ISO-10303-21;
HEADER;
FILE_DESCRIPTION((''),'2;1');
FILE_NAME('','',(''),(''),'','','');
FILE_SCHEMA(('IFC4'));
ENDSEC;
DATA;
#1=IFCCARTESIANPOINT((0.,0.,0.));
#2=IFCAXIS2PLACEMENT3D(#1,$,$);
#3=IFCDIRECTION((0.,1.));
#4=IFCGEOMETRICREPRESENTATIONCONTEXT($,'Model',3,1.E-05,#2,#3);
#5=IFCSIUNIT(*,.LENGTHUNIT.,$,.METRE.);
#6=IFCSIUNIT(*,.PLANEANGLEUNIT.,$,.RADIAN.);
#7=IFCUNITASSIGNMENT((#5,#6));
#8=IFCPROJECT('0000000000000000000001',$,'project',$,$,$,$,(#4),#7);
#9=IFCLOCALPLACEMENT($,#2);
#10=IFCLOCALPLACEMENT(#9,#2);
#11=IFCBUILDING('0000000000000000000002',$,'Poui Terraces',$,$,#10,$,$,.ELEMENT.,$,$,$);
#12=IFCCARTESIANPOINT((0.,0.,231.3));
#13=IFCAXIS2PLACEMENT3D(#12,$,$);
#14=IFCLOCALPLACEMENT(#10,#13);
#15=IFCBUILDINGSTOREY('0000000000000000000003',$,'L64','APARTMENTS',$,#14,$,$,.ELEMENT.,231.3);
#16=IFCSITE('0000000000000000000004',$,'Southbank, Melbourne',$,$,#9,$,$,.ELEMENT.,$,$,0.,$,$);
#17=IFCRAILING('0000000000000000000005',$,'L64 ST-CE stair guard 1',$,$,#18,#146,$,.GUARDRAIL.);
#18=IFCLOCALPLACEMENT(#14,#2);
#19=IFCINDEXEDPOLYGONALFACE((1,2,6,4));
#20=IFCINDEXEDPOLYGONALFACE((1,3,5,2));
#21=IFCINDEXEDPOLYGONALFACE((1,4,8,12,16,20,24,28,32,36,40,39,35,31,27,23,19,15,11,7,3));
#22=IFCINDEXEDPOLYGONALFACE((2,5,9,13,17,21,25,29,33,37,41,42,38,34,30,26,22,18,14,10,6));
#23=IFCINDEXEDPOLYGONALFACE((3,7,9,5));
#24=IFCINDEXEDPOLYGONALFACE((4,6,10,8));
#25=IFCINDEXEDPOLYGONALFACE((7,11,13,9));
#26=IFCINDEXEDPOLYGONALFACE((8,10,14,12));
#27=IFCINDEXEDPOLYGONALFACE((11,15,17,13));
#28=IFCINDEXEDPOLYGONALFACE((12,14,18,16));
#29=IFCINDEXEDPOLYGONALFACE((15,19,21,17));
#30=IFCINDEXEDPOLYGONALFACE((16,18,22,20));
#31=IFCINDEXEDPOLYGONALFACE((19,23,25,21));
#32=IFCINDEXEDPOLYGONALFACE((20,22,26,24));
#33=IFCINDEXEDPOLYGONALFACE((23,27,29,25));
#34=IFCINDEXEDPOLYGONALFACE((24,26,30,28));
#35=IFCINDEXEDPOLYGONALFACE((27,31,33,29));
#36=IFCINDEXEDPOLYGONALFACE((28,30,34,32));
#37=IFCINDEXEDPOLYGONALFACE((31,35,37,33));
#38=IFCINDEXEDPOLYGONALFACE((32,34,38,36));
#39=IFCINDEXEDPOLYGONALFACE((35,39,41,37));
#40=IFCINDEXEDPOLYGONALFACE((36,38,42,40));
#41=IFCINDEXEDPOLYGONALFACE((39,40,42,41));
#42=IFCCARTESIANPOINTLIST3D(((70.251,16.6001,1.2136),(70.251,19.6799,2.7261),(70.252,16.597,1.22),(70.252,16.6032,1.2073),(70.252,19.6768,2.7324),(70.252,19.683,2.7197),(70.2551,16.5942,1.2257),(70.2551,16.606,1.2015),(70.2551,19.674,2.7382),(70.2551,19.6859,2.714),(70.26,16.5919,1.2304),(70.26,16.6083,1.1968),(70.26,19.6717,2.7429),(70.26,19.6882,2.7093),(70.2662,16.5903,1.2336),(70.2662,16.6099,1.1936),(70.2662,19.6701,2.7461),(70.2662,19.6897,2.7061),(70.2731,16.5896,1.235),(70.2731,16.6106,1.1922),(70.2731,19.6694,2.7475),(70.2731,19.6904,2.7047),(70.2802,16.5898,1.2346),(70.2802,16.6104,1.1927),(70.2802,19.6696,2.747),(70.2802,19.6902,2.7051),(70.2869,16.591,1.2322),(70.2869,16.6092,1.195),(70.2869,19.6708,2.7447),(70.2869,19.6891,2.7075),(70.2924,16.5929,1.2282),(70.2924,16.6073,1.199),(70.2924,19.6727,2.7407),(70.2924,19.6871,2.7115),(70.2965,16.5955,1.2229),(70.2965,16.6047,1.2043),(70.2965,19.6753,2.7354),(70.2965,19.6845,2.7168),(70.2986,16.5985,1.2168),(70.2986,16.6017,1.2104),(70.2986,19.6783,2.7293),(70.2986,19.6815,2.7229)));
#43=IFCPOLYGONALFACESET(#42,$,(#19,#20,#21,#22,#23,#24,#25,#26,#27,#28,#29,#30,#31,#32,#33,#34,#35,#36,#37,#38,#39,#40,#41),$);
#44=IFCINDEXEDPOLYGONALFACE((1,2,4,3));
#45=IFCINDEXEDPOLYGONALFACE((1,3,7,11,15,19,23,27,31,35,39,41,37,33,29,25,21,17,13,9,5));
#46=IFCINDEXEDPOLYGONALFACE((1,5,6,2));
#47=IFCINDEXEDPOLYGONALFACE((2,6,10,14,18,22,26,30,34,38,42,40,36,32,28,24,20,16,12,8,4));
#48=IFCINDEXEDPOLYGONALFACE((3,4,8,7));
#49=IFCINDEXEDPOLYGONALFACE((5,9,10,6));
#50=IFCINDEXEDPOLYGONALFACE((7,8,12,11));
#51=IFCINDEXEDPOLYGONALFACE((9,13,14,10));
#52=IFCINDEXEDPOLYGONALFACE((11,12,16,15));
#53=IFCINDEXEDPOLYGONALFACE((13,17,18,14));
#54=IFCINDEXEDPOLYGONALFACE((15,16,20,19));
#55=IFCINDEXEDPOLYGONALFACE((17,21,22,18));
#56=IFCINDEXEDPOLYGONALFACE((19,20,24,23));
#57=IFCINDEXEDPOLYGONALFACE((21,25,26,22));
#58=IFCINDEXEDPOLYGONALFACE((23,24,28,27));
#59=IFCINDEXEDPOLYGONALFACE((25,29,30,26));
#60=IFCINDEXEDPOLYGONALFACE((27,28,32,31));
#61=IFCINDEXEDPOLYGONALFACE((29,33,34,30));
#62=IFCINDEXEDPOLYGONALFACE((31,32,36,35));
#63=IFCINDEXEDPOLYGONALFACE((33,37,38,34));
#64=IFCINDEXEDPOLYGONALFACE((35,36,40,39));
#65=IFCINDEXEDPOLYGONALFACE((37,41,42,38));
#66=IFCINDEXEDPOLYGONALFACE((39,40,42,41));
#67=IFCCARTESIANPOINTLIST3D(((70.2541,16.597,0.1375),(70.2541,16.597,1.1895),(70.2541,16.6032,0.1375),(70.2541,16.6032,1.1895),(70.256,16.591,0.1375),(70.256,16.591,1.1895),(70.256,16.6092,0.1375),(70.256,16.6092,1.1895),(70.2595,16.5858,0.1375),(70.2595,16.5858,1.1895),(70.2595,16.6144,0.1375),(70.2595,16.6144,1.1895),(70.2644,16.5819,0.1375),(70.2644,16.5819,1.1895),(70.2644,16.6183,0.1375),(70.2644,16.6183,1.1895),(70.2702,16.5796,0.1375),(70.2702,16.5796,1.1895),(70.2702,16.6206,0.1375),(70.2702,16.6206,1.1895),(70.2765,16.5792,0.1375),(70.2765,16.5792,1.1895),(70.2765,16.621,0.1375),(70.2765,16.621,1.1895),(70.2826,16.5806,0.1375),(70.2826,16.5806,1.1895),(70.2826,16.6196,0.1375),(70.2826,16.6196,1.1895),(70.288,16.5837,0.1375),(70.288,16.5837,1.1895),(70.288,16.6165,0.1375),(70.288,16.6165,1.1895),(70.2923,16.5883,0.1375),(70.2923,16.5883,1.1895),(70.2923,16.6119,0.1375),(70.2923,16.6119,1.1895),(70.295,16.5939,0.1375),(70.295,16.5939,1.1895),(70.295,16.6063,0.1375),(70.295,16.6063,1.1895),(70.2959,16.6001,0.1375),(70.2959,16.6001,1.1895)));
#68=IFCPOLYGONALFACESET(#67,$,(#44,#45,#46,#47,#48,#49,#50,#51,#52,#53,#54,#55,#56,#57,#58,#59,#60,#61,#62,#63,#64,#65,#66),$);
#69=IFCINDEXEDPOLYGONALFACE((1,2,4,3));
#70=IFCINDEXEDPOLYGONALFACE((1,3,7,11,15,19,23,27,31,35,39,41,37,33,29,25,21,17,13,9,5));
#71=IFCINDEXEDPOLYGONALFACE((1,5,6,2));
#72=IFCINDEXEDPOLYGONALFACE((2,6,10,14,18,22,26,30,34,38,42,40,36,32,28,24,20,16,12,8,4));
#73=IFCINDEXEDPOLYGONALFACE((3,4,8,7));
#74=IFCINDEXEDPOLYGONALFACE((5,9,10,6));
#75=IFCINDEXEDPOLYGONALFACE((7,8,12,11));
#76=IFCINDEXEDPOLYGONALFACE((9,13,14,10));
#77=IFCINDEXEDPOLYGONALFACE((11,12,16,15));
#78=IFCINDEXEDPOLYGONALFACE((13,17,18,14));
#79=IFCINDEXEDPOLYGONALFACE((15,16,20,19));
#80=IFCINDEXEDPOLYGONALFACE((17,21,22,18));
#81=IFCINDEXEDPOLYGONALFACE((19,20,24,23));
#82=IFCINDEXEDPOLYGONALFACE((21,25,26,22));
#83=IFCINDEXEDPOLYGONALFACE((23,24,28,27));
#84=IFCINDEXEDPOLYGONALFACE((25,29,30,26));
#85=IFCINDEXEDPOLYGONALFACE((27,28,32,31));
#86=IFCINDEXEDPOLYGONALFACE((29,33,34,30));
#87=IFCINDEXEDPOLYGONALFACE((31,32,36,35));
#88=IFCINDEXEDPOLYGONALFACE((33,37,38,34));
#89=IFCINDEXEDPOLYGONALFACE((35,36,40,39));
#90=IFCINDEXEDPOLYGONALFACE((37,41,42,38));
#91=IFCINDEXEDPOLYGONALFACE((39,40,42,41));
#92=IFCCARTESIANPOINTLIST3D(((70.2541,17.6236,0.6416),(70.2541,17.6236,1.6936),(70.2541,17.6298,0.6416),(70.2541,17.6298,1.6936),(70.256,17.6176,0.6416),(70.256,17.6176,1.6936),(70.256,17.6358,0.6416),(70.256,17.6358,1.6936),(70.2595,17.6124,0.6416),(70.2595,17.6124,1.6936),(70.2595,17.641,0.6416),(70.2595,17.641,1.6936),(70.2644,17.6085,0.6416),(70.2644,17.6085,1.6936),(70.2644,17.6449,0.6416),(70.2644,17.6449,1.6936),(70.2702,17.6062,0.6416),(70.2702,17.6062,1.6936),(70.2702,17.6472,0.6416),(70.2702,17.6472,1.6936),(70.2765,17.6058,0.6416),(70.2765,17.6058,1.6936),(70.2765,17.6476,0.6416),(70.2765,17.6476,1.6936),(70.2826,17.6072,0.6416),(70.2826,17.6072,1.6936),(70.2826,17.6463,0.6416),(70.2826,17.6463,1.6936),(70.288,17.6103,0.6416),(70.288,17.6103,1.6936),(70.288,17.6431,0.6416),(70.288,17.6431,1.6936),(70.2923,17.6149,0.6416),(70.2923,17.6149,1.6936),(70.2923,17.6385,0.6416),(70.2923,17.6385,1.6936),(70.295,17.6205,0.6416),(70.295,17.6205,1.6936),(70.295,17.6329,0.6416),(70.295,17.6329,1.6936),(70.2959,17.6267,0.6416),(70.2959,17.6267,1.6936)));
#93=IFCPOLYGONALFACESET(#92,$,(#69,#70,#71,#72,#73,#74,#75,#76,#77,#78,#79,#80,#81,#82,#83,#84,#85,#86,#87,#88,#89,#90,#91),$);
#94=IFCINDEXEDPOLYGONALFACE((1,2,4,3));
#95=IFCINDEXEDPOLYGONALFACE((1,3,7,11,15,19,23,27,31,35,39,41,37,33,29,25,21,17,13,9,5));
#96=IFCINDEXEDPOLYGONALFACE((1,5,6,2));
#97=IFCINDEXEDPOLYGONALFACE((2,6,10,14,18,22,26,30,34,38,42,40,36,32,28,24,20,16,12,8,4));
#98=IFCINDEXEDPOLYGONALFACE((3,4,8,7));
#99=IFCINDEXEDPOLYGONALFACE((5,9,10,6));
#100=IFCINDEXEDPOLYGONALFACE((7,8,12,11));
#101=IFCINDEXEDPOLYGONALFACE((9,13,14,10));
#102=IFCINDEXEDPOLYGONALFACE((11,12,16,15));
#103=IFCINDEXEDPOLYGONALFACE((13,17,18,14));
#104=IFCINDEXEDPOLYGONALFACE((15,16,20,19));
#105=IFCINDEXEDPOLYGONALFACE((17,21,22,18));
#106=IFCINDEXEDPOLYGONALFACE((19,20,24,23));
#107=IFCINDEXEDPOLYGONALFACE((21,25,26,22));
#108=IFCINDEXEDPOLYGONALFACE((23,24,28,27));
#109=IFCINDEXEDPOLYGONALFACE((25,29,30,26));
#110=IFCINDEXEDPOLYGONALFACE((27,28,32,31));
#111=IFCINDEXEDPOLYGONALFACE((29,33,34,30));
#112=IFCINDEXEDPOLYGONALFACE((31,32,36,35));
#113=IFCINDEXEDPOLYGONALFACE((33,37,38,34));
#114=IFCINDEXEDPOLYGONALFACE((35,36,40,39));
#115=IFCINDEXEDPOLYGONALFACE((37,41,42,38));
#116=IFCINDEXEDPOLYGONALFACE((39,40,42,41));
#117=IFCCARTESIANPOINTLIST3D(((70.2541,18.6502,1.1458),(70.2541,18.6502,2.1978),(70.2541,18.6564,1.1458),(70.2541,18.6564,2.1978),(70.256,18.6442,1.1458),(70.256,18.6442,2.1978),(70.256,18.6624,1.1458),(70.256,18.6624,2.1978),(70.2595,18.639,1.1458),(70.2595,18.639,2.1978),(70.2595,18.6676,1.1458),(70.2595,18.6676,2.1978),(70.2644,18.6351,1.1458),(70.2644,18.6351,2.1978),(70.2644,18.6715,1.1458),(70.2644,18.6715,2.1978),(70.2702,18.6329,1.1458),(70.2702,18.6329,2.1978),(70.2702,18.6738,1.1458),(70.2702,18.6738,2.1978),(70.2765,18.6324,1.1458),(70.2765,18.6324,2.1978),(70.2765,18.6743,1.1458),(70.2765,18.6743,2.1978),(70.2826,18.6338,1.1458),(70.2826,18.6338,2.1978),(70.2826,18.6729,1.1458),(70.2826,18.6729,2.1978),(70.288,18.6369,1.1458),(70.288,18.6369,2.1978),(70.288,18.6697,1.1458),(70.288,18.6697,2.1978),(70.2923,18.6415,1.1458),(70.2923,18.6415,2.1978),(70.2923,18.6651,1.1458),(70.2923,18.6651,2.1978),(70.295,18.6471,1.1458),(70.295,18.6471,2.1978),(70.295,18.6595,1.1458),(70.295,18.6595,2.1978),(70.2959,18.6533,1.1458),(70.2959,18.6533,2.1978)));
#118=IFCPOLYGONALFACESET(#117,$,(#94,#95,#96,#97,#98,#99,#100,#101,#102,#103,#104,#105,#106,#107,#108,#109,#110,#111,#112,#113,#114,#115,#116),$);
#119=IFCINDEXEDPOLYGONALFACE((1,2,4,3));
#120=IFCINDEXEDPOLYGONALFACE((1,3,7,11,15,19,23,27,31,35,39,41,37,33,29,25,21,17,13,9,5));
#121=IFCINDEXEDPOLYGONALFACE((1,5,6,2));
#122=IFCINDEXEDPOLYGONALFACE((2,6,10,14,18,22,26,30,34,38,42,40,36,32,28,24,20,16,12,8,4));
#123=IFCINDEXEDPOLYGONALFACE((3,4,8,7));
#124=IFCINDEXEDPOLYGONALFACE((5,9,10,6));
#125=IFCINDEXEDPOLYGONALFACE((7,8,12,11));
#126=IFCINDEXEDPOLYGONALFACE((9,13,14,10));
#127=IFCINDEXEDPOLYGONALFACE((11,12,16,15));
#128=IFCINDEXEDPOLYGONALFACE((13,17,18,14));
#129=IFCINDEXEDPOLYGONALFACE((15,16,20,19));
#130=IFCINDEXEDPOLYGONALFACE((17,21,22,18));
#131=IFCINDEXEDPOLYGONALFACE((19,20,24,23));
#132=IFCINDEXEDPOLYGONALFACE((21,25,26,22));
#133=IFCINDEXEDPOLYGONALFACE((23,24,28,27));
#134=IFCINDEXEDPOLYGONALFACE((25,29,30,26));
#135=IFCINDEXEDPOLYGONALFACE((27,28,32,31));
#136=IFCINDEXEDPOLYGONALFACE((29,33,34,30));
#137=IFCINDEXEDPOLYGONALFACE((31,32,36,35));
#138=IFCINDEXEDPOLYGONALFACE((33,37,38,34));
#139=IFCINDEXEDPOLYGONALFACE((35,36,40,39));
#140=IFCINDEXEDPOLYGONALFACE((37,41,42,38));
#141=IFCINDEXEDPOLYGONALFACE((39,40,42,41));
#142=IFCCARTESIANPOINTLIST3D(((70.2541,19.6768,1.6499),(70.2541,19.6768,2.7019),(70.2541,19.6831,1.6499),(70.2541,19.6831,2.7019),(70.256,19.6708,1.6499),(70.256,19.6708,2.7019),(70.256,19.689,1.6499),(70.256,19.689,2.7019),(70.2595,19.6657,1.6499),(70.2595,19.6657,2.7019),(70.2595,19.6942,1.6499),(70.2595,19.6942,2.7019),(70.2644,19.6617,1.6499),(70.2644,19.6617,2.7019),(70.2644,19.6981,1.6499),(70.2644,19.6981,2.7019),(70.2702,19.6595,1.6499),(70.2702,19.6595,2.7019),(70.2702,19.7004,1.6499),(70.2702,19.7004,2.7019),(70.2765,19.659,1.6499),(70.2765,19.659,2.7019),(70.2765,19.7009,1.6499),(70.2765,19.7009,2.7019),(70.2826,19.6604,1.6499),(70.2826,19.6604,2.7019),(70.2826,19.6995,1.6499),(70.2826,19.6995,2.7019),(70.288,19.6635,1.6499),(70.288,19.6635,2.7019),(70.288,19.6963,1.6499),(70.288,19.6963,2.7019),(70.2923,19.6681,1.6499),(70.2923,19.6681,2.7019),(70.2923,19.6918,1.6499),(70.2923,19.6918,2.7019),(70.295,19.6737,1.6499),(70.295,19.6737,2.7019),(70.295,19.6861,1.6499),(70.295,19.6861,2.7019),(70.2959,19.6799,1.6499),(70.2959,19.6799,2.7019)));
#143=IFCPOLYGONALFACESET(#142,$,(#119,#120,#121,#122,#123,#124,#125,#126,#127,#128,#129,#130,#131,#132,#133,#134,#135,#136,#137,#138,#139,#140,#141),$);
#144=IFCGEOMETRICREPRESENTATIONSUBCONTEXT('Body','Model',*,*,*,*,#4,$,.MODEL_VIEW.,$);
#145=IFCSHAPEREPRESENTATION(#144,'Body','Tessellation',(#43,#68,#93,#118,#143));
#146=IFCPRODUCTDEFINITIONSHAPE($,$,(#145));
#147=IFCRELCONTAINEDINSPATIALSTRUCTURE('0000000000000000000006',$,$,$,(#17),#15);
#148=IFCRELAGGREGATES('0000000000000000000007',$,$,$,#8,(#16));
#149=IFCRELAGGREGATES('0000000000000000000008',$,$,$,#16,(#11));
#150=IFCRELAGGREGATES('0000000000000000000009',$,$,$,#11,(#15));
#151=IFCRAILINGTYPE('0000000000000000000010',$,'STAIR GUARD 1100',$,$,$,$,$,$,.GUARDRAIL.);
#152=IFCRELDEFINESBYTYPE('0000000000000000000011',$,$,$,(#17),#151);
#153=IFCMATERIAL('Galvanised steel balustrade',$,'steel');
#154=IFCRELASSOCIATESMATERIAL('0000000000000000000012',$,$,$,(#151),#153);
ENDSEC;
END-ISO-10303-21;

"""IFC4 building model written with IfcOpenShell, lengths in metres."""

from ifc_helpers import new_model, si_unit, direction, frame, origin, origin_2d, place, context, subcontext, project, spatial, circle, extrude, material, type_object, element, save


model = new_model("IFC4")

# Units and contexts
model_context = context("Model", 3, precision=1e-05, world=origin(), true_north=direction((0.0, 1.0)))
body_context = subcontext(model_context, "Body", "Model", "MODEL_VIEW")
ifc_project = project(units=[si_unit("LENGTHUNIT", "METRE"), si_unit("PLANEANGLEUNIT", "RADIAN")], contexts=[model_context])

# Site, building, storey
site_placement = place(None, origin())
site = spatial("IfcSite", under=ifc_project, at=site_placement, Name="Southbank, Melbourne", CompositionType="ELEMENT", RefElevation=0.0)
building_placement = place(site_placement, origin())
building = spatial("IfcBuilding", under=site, at=building_placement, Name="Poui Terraces", CompositionType="ELEMENT")
storey_placement = place(building_placement, frame((0.0, 0.0, 231.3)))
storey = spatial("IfcBuildingStorey", under=building, at=storey_placement, Name="L64", Description="APARTMENTS", CompositionType="ELEMENT", Elevation=231.3)

# Railing
ifc_material_1 = material(Name="Galvanised steel balustrade", Category="steel")
railing_type_1 = type_object("IfcRailingType", Name="STAIR GUARD 1100", PredefinedType="GUARDRAIL", material=ifc_material_1)
railing_1_placement = place(storey_placement, frame((70.2749, 16.6001, 0.1375)))
element("IfcRailing", 1, at=railing_1_placement, inside=storey, type_object=railing_type_1, Name="L64 ST-CE stair guard 1", PredefinedType="GUARDRAIL", context=body_context, shape_type="SweptSolid", body=[
    extrude(circle(Radius=0.0239, at=origin_2d()), frame((0.0, 0.0, 1.0762), z_axis=(0.0, 0.897606, 0.440798), x_axis=(-1.0, 0.0, 0.0)), (0.0, 0.0, 1.0), 3.4312),
    extrude(circle(Radius=0.021, at=origin_2d()), origin(), (0.0, 0.0, 1.0), 1.052),
    extrude(circle(Radius=0.021, at=origin_2d()), frame((0.0, 1.0266, 0.5042)), (0.0, 0.0, 1.0), 1.052),
    extrude(circle(Radius=0.021, at=origin_2d()), frame((0.0, 2.0532, 1.0083)), (0.0, 0.0, 1.0), 1.052),
    extrude(circle(Radius=0.021, at=origin_2d()), frame((0.0, 3.0798, 1.5125)), (0.0, 0.0, 1.0), 1.052),
])

save(model, "model.ifc")
